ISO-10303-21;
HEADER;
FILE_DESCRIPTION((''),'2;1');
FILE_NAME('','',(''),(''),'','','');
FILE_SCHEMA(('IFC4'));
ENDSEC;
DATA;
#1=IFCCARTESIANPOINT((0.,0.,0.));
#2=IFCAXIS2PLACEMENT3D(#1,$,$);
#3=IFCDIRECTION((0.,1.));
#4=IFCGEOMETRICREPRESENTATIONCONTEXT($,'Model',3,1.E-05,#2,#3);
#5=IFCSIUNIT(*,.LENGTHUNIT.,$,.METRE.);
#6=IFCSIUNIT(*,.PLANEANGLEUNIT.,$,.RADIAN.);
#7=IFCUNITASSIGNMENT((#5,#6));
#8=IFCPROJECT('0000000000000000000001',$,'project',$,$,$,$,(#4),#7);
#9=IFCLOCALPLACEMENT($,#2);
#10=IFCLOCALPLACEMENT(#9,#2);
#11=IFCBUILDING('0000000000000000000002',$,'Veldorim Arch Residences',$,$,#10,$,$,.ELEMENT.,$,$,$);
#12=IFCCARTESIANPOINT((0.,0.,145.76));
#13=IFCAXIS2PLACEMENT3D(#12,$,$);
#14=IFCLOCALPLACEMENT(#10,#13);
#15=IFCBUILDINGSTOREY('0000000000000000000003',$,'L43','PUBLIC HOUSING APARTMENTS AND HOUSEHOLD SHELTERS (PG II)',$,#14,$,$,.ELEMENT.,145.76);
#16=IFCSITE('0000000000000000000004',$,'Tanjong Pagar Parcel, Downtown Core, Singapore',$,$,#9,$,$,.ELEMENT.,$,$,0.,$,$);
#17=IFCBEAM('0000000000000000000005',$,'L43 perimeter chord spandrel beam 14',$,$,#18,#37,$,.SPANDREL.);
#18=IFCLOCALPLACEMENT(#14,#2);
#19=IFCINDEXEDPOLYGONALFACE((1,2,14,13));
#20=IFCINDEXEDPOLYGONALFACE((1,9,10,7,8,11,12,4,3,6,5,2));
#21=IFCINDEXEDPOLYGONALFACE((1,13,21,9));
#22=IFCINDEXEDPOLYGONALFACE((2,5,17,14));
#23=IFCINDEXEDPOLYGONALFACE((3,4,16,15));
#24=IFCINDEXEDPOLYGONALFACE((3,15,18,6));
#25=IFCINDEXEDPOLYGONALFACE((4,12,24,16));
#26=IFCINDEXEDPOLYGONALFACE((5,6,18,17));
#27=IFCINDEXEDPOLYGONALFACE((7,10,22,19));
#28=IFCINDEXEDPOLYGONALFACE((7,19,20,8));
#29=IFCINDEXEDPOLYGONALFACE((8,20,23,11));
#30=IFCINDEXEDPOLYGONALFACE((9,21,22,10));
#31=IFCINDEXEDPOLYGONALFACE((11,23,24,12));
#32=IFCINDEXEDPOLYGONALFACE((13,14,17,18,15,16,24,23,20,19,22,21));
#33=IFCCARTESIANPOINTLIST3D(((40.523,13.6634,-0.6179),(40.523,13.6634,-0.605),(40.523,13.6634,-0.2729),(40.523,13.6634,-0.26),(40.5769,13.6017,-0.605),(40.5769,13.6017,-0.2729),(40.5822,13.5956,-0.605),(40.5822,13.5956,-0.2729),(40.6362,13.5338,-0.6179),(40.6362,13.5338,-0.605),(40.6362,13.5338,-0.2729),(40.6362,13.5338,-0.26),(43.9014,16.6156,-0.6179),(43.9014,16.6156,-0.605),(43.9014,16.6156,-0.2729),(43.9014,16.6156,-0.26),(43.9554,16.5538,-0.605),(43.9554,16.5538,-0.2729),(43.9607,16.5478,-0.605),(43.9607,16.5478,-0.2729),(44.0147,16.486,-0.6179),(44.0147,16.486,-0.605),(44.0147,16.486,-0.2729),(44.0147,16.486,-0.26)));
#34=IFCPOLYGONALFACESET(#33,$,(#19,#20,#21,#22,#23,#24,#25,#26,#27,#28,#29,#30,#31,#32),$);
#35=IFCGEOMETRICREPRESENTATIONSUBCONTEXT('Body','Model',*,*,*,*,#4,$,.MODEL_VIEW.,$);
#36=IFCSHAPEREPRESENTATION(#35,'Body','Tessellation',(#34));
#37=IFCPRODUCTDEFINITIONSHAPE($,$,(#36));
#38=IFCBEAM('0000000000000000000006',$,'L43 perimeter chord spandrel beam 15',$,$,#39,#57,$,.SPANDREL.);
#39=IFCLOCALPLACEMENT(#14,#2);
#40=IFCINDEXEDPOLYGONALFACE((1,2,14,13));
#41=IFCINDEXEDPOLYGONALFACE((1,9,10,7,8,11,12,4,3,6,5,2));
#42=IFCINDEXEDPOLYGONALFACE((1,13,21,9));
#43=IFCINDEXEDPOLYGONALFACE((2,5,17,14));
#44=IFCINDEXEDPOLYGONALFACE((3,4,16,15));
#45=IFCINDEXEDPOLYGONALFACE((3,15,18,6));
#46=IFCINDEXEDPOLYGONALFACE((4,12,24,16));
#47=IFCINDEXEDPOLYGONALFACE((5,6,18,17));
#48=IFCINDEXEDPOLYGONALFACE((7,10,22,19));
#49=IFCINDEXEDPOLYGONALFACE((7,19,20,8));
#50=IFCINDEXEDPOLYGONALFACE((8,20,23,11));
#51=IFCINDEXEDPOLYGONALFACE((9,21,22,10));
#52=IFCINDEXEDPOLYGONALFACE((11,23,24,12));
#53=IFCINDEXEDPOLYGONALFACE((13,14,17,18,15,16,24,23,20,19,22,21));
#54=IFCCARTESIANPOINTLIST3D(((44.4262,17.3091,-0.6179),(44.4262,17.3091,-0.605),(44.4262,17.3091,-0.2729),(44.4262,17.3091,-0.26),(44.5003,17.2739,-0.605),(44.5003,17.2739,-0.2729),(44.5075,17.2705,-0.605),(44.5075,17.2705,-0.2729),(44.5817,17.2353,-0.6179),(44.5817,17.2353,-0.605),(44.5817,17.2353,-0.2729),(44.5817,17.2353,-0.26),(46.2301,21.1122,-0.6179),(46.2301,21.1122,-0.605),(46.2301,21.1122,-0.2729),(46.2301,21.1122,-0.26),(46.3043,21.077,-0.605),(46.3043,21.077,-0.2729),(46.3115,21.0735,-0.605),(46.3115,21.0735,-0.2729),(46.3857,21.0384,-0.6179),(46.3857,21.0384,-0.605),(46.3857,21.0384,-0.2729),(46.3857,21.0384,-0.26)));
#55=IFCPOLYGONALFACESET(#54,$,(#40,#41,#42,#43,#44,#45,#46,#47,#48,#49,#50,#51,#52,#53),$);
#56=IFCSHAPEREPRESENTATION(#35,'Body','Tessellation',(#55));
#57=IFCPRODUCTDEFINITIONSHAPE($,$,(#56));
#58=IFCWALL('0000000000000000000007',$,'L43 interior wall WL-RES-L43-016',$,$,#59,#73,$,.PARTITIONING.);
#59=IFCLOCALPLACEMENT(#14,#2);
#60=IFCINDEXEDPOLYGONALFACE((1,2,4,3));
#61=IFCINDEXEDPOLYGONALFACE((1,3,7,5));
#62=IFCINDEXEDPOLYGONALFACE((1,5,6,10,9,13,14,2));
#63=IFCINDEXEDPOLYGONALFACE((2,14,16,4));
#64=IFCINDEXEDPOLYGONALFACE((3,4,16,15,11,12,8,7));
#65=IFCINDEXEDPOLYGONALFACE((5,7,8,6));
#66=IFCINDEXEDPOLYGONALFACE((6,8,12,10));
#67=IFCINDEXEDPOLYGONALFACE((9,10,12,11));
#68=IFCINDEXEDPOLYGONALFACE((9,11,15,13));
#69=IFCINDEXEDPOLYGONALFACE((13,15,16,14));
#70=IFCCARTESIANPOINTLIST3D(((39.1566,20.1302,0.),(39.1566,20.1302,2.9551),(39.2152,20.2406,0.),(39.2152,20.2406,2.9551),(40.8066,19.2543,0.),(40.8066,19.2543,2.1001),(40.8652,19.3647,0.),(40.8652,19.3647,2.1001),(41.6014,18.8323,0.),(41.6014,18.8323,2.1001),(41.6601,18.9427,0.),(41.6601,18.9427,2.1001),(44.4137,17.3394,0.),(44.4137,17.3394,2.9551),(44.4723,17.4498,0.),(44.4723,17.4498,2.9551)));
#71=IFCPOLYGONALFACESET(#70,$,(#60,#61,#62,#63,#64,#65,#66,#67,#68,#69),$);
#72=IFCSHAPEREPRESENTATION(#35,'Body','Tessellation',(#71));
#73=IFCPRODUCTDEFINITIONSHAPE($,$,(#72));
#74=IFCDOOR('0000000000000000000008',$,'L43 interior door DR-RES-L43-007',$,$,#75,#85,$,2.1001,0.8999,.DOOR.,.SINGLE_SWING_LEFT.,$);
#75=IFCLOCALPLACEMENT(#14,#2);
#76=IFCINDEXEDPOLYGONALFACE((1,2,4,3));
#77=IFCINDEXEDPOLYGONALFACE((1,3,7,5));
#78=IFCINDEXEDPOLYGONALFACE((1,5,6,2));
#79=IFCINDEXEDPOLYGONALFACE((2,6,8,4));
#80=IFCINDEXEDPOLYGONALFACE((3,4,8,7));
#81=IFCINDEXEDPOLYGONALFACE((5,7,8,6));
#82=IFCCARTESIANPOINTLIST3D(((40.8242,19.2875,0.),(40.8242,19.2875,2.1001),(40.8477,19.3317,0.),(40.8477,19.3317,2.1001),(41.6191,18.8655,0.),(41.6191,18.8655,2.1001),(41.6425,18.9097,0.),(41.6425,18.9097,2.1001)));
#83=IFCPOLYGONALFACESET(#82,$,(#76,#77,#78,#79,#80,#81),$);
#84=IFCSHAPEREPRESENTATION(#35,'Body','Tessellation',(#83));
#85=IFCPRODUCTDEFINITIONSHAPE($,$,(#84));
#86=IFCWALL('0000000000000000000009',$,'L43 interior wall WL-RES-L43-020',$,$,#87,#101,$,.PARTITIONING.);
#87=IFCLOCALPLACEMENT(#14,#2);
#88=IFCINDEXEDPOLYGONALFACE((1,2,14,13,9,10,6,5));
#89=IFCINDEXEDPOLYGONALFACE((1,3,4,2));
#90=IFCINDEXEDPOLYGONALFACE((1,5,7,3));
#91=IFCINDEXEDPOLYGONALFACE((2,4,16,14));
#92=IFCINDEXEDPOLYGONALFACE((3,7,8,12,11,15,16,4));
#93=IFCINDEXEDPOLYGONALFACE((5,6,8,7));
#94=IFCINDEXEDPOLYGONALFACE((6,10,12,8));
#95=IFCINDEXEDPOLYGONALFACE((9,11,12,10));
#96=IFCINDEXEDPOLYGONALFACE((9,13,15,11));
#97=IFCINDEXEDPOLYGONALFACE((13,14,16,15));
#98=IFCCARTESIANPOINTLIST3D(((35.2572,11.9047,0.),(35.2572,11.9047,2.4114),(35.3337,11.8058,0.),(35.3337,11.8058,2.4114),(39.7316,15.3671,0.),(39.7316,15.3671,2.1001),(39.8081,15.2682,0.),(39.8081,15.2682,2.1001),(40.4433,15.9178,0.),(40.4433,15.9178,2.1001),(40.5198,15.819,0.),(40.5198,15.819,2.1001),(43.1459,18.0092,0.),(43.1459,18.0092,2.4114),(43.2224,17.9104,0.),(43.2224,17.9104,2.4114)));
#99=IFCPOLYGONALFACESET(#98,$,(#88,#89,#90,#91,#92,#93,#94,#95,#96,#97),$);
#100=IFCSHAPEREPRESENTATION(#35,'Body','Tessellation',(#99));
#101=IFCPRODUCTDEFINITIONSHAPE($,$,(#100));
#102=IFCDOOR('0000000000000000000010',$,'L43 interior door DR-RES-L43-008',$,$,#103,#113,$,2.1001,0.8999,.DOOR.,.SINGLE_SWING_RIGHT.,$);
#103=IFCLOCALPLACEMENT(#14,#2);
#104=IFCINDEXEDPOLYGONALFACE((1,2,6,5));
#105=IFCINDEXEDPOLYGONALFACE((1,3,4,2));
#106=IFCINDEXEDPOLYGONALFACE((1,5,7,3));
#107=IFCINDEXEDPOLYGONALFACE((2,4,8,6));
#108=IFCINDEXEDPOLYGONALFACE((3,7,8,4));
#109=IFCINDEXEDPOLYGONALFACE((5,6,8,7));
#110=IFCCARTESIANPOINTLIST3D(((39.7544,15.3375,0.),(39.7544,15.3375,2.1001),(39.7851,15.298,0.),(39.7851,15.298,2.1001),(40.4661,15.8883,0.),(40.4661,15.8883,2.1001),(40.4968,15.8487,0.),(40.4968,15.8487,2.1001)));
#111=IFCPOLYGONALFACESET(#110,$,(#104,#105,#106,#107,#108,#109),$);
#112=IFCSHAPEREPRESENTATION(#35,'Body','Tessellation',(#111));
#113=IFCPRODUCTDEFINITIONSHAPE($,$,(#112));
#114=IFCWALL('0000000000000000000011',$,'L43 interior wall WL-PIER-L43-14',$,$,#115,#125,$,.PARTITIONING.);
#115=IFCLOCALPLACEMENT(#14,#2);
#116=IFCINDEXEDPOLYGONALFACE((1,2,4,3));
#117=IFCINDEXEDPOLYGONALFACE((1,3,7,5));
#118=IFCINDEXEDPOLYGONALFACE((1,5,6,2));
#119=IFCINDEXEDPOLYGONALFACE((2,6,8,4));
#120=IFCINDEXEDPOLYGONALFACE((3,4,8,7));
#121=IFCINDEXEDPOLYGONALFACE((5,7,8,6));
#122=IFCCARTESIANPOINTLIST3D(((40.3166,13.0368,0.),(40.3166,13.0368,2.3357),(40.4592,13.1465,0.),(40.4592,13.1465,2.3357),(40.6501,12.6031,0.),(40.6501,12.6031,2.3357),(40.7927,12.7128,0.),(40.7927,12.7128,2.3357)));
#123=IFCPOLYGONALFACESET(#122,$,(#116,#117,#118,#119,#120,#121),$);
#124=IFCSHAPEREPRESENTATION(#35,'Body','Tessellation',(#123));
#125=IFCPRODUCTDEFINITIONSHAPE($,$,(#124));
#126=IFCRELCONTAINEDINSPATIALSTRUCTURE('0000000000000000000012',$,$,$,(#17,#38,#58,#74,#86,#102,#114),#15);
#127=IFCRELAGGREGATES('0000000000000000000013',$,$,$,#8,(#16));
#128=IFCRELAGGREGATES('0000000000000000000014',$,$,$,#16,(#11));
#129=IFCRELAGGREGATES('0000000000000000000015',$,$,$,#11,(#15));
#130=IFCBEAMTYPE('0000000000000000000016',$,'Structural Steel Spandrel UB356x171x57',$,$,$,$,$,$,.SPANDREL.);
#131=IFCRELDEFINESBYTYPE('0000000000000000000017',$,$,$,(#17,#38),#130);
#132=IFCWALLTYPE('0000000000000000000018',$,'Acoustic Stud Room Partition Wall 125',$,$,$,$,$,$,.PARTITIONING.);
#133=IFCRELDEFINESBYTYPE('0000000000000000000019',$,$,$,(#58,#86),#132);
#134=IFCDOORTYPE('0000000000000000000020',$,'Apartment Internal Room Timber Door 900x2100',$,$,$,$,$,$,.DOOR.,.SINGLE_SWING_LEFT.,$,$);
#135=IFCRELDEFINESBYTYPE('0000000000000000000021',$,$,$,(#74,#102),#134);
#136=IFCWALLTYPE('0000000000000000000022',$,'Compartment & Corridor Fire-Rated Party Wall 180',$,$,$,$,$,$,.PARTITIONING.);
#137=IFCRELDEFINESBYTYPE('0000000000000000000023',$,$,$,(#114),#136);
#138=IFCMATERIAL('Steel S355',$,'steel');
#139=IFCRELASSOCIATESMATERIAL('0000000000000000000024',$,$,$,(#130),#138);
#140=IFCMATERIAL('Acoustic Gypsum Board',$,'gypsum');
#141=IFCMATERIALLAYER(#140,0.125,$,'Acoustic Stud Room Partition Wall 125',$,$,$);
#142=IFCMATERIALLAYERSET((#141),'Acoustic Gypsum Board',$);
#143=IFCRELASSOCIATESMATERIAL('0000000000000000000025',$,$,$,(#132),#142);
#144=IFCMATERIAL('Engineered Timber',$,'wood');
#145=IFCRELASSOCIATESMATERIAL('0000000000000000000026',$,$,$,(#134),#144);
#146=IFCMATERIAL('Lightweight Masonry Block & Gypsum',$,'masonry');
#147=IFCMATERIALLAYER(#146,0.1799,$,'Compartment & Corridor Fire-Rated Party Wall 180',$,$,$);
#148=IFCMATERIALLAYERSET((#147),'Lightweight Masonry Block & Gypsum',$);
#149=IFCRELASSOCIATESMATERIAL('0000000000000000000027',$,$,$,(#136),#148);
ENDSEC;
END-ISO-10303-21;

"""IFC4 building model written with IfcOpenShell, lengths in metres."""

from ifc_helpers import new_model, si_unit, direction, frame, frame_2d, origin, origin_2d, place, context, subcontext, project, spatial, rectangle, i_section, extrude, material, layer, layer_set, material_profile, profile_set, type_object, element, fill, save


model = new_model("IFC4")

# Units and contexts
model_context = context("Model", 3, precision=1e-05, world=origin(), true_north=direction((0.0, 1.0)))
body_context = subcontext(model_context, "Body", "Model", "MODEL_VIEW")
ifc_project = project(units=[si_unit("LENGTHUNIT", "METRE"), si_unit("PLANEANGLEUNIT", "RADIAN")], contexts=[model_context])

# Site, building, storey
site_placement = place(None, origin())
site = spatial("IfcSite", under=ifc_project, at=site_placement, Name="Tanjong Pagar Parcel, Downtown Core, Singapore", CompositionType="ELEMENT", RefElevation=0.0)
building_placement = place(site_placement, origin())
building = spatial("IfcBuilding", under=site, at=building_placement, Name="Veldorim Arch Residences", CompositionType="ELEMENT")
storey_placement = place(building_placement, frame((0.0, 0.0, 145.76)))
storey = spatial("IfcBuildingStorey", under=building, at=storey_placement, Name="L43", Description="PUBLIC HOUSING APARTMENTS AND HOUSEHOLD SHELTERS (PG II)", CompositionType="ELEMENT", Elevation=145.76)

# Beams
ifc_material_1 = material(Name="Steel S355", Category="steel")
ifc_material_profile_1 = material_profile(ifc_material_1, i_section(OverallWidth=0.1721, OverallDepth=0.3579, WebThickness=0.0081, FlangeThickness=0.0129, at=origin_2d()), Name="UB356x171x57")
ifc_profile_set_1 = profile_set([ifc_material_profile_1], Name="Steel S355")
beam_type_1 = type_object("IfcBeamType", Name="Structural Steel Spandrel UB356x171x57", PredefinedType="SPANDREL", material=ifc_profile_set_1)
beam_1_placement = place(storey_placement, frame((40.5796, 13.5986, -0.439), z_axis=(0.753015, 0.658004, 0.0), x_axis=(-0.658004, 0.753015, 0.0)))
element("IfcBeam", 1, at=beam_1_placement, inside=storey, type_object=beam_type_1, Name="L43 perimeter chord spandrel beam 14", PredefinedType="SPANDREL", context=body_context, shape_type="SweptSolid", body=[
    extrude(i_section(OverallWidth=0.1721, OverallDepth=0.3579, WebThickness=0.0081, FlangeThickness=0.0129, at=origin_2d()), origin(), (0.0, 0.0, 1.0), 4.4866),
])
beam_2_placement = place(storey_placement, frame((44.5039, 17.2722, -0.439), z_axis=(0.42858, 0.903504, 0.0), x_axis=(-0.903504, 0.42858, 0.0)))
element("IfcBeam", 2, at=beam_2_placement, inside=storey, type_object=beam_type_1, Name="L43 perimeter chord spandrel beam 15", PredefinedType="SPANDREL", context=body_context, shape_type="SweptSolid", body=[
    extrude(i_section(OverallWidth=0.1721, OverallDepth=0.3579, WebThickness=0.0081, FlangeThickness=0.0129, at=origin_2d()), origin(), (0.0, 0.0, 1.0), 4.2092),
])

# Walls, openings, doors
ifc_material_2 = material(Name="Acoustic Gypsum Board", Category="gypsum")
ifc_layer_1 = layer(ifc_material_2, 0.125, Name="Acoustic Stud Room Partition Wall 125")
ifc_layer_set_1 = layer_set([ifc_layer_1], Name="Acoustic Gypsum Board")
wall_type_1 = type_object("IfcWallType", Name="Acoustic Stud Room Partition Wall 125", PredefinedType="PARTITIONING", material=ifc_layer_set_1)
wall_1_placement = place(storey_placement, frame((44.4431, 17.3945, 0.0), z_axis=(0.0, 0.0, 1.0), x_axis=(-0.883259, 0.468886, 0.0)))
wall_1 = element("IfcWall", 3, at=wall_1_placement, inside=storey, type_object=wall_type_1, Name="L43 interior wall WL-RES-L43-016", PredefinedType="PARTITIONING", context=body_context, shape_type="SweptSolid", body=[
    extrude(rectangle(XDim=5.9519, YDim=0.125, at=frame_2d((2.9761, 0.0))), origin(), (0.0, 0.0, 1.0), 2.9551),
])
opening_1_placement = place(wall_1_placement, frame((3.1841, 0.0, 0.0)))
opening_1 = element("IfcOpeningElement", 4, at=opening_1_placement, cuts=wall_1, PredefinedType="OPENING", context=body_context, shape_type="SweptSolid", body=[
    extrude(rectangle(XDim=0.8999, YDim=2.1001, at=frame_2d((0.45, 1.05))), frame((0.0, 0.0725, 0.0), z_axis=(0.0, -1.0, 0.0), x_axis=(1.0, 0.0, 0.0)), (0.0, 0.0, 1.0), 0.145),
])
ifc_material_3 = material(Name="Engineered Timber", Category="wood")
door_type_1 = type_object("IfcDoorType", Name="Apartment Internal Room Timber Door 900x2100", OperationType="SINGLE_SWING_LEFT", PredefinedType="DOOR", material=ifc_material_3)
door_1_placement = place(opening_1_placement, origin())
door_1 = element("IfcDoor", 5, at=door_1_placement, inside=storey, type_object=door_type_1, Name="L43 interior door DR-RES-L43-007", OperationType="SINGLE_SWING_LEFT", OverallHeight=2.1001, OverallWidth=0.8999, PredefinedType="DOOR", context=body_context, shape_type="SweptSolid", body=[
    extrude(rectangle(XDim=0.8999, YDim=2.1001, at=frame_2d((0.45, 1.05))), frame((0.0, 0.0249, 0.0), z_axis=(0.0, -1.0, 0.0), x_axis=(1.0, 0.0, 0.0)), (0.0, 0.0, 1.0), 0.05),
])
fill(opening_1, door_1)
wall_2_placement = place(storey_placement, frame((43.1841, 17.9597, 0.0), z_axis=(0.0, 0.0, 1.0), x_axis=(-0.790863, -0.611993, 0.0)))
wall_2 = element("IfcWall", 6, at=wall_2_placement, inside=storey, type_object=wall_type_1, Name="L43 interior wall WL-RES-L43-020", PredefinedType="PARTITIONING", context=body_context, shape_type="SweptSolid", body=[
    extrude(rectangle(XDim=9.9749, YDim=0.125, at=frame_2d((4.9873, 0.0))), origin(), (0.0, 0.0, 1.0), 2.4114),
])
opening_2_placement = place(wall_2_placement, frame((3.4172, 0.0, 0.0)))
opening_2 = element("IfcOpeningElement", 7, at=opening_2_placement, cuts=wall_2, PredefinedType="OPENING", context=body_context, shape_type="SweptSolid", body=[
    extrude(rectangle(XDim=0.8999, YDim=2.1001, at=frame_2d((0.45, 1.05))), frame((0.0, 0.0725, 0.0), z_axis=(0.0, -1.0, 0.0), x_axis=(1.0, 0.0, 0.0)), (0.0, 0.0, 1.0), 0.145),
])
door_2_placement = place(opening_2_placement, origin())
door_2 = element("IfcDoor", 8, at=door_2_placement, inside=storey, type_object=door_type_1, Name="L43 interior door DR-RES-L43-008", OperationType="SINGLE_SWING_RIGHT", OverallHeight=2.1001, OverallWidth=0.8999, PredefinedType="DOOR", context=body_context, shape_type="SweptSolid", body=[
    extrude(rectangle(XDim=0.8999, YDim=2.1001, at=frame_2d((0.45, 1.05))), frame((0.0, 0.0249, 0.0), z_axis=(0.0, -1.0, 0.0), x_axis=(1.0, 0.0, 0.0)), (0.0, 0.0, 1.0), 0.05),
])
fill(opening_2, door_2)

# Wall
ifc_material_4 = material(Name="Lightweight Masonry Block & Gypsum", Category="masonry")
ifc_layer_2 = layer(ifc_material_4, 0.1799, Name="Compartment & Corridor Fire-Rated Party Wall 180")
ifc_layer_set_2 = layer_set([ifc_layer_2], Name="Lightweight Masonry Block & Gypsum")
wall_type_2 = type_object("IfcWallType", Name="Compartment & Corridor Fire-Rated Party Wall 180", PredefinedType="PARTITIONING", material=ifc_layer_set_2)
wall_3_placement = place(storey_placement, frame((40.3879, 13.0916, 0.0), z_axis=(0.0, 0.0, 1.0), x_axis=(0.609668, -0.792657, 0.0)))
element("IfcWall", 9, at=wall_3_placement, inside=storey, type_object=wall_type_2, Name="L43 interior wall WL-PIER-L43-14", PredefinedType="PARTITIONING", context=body_context, shape_type="SweptSolid", body=[
    extrude(rectangle(XDim=0.5471, YDim=0.1799, at=frame_2d((0.2734, 0.0))), origin(), (0.0, 0.0, 1.0), 2.3357),
])

save(model, "model.ifc")
